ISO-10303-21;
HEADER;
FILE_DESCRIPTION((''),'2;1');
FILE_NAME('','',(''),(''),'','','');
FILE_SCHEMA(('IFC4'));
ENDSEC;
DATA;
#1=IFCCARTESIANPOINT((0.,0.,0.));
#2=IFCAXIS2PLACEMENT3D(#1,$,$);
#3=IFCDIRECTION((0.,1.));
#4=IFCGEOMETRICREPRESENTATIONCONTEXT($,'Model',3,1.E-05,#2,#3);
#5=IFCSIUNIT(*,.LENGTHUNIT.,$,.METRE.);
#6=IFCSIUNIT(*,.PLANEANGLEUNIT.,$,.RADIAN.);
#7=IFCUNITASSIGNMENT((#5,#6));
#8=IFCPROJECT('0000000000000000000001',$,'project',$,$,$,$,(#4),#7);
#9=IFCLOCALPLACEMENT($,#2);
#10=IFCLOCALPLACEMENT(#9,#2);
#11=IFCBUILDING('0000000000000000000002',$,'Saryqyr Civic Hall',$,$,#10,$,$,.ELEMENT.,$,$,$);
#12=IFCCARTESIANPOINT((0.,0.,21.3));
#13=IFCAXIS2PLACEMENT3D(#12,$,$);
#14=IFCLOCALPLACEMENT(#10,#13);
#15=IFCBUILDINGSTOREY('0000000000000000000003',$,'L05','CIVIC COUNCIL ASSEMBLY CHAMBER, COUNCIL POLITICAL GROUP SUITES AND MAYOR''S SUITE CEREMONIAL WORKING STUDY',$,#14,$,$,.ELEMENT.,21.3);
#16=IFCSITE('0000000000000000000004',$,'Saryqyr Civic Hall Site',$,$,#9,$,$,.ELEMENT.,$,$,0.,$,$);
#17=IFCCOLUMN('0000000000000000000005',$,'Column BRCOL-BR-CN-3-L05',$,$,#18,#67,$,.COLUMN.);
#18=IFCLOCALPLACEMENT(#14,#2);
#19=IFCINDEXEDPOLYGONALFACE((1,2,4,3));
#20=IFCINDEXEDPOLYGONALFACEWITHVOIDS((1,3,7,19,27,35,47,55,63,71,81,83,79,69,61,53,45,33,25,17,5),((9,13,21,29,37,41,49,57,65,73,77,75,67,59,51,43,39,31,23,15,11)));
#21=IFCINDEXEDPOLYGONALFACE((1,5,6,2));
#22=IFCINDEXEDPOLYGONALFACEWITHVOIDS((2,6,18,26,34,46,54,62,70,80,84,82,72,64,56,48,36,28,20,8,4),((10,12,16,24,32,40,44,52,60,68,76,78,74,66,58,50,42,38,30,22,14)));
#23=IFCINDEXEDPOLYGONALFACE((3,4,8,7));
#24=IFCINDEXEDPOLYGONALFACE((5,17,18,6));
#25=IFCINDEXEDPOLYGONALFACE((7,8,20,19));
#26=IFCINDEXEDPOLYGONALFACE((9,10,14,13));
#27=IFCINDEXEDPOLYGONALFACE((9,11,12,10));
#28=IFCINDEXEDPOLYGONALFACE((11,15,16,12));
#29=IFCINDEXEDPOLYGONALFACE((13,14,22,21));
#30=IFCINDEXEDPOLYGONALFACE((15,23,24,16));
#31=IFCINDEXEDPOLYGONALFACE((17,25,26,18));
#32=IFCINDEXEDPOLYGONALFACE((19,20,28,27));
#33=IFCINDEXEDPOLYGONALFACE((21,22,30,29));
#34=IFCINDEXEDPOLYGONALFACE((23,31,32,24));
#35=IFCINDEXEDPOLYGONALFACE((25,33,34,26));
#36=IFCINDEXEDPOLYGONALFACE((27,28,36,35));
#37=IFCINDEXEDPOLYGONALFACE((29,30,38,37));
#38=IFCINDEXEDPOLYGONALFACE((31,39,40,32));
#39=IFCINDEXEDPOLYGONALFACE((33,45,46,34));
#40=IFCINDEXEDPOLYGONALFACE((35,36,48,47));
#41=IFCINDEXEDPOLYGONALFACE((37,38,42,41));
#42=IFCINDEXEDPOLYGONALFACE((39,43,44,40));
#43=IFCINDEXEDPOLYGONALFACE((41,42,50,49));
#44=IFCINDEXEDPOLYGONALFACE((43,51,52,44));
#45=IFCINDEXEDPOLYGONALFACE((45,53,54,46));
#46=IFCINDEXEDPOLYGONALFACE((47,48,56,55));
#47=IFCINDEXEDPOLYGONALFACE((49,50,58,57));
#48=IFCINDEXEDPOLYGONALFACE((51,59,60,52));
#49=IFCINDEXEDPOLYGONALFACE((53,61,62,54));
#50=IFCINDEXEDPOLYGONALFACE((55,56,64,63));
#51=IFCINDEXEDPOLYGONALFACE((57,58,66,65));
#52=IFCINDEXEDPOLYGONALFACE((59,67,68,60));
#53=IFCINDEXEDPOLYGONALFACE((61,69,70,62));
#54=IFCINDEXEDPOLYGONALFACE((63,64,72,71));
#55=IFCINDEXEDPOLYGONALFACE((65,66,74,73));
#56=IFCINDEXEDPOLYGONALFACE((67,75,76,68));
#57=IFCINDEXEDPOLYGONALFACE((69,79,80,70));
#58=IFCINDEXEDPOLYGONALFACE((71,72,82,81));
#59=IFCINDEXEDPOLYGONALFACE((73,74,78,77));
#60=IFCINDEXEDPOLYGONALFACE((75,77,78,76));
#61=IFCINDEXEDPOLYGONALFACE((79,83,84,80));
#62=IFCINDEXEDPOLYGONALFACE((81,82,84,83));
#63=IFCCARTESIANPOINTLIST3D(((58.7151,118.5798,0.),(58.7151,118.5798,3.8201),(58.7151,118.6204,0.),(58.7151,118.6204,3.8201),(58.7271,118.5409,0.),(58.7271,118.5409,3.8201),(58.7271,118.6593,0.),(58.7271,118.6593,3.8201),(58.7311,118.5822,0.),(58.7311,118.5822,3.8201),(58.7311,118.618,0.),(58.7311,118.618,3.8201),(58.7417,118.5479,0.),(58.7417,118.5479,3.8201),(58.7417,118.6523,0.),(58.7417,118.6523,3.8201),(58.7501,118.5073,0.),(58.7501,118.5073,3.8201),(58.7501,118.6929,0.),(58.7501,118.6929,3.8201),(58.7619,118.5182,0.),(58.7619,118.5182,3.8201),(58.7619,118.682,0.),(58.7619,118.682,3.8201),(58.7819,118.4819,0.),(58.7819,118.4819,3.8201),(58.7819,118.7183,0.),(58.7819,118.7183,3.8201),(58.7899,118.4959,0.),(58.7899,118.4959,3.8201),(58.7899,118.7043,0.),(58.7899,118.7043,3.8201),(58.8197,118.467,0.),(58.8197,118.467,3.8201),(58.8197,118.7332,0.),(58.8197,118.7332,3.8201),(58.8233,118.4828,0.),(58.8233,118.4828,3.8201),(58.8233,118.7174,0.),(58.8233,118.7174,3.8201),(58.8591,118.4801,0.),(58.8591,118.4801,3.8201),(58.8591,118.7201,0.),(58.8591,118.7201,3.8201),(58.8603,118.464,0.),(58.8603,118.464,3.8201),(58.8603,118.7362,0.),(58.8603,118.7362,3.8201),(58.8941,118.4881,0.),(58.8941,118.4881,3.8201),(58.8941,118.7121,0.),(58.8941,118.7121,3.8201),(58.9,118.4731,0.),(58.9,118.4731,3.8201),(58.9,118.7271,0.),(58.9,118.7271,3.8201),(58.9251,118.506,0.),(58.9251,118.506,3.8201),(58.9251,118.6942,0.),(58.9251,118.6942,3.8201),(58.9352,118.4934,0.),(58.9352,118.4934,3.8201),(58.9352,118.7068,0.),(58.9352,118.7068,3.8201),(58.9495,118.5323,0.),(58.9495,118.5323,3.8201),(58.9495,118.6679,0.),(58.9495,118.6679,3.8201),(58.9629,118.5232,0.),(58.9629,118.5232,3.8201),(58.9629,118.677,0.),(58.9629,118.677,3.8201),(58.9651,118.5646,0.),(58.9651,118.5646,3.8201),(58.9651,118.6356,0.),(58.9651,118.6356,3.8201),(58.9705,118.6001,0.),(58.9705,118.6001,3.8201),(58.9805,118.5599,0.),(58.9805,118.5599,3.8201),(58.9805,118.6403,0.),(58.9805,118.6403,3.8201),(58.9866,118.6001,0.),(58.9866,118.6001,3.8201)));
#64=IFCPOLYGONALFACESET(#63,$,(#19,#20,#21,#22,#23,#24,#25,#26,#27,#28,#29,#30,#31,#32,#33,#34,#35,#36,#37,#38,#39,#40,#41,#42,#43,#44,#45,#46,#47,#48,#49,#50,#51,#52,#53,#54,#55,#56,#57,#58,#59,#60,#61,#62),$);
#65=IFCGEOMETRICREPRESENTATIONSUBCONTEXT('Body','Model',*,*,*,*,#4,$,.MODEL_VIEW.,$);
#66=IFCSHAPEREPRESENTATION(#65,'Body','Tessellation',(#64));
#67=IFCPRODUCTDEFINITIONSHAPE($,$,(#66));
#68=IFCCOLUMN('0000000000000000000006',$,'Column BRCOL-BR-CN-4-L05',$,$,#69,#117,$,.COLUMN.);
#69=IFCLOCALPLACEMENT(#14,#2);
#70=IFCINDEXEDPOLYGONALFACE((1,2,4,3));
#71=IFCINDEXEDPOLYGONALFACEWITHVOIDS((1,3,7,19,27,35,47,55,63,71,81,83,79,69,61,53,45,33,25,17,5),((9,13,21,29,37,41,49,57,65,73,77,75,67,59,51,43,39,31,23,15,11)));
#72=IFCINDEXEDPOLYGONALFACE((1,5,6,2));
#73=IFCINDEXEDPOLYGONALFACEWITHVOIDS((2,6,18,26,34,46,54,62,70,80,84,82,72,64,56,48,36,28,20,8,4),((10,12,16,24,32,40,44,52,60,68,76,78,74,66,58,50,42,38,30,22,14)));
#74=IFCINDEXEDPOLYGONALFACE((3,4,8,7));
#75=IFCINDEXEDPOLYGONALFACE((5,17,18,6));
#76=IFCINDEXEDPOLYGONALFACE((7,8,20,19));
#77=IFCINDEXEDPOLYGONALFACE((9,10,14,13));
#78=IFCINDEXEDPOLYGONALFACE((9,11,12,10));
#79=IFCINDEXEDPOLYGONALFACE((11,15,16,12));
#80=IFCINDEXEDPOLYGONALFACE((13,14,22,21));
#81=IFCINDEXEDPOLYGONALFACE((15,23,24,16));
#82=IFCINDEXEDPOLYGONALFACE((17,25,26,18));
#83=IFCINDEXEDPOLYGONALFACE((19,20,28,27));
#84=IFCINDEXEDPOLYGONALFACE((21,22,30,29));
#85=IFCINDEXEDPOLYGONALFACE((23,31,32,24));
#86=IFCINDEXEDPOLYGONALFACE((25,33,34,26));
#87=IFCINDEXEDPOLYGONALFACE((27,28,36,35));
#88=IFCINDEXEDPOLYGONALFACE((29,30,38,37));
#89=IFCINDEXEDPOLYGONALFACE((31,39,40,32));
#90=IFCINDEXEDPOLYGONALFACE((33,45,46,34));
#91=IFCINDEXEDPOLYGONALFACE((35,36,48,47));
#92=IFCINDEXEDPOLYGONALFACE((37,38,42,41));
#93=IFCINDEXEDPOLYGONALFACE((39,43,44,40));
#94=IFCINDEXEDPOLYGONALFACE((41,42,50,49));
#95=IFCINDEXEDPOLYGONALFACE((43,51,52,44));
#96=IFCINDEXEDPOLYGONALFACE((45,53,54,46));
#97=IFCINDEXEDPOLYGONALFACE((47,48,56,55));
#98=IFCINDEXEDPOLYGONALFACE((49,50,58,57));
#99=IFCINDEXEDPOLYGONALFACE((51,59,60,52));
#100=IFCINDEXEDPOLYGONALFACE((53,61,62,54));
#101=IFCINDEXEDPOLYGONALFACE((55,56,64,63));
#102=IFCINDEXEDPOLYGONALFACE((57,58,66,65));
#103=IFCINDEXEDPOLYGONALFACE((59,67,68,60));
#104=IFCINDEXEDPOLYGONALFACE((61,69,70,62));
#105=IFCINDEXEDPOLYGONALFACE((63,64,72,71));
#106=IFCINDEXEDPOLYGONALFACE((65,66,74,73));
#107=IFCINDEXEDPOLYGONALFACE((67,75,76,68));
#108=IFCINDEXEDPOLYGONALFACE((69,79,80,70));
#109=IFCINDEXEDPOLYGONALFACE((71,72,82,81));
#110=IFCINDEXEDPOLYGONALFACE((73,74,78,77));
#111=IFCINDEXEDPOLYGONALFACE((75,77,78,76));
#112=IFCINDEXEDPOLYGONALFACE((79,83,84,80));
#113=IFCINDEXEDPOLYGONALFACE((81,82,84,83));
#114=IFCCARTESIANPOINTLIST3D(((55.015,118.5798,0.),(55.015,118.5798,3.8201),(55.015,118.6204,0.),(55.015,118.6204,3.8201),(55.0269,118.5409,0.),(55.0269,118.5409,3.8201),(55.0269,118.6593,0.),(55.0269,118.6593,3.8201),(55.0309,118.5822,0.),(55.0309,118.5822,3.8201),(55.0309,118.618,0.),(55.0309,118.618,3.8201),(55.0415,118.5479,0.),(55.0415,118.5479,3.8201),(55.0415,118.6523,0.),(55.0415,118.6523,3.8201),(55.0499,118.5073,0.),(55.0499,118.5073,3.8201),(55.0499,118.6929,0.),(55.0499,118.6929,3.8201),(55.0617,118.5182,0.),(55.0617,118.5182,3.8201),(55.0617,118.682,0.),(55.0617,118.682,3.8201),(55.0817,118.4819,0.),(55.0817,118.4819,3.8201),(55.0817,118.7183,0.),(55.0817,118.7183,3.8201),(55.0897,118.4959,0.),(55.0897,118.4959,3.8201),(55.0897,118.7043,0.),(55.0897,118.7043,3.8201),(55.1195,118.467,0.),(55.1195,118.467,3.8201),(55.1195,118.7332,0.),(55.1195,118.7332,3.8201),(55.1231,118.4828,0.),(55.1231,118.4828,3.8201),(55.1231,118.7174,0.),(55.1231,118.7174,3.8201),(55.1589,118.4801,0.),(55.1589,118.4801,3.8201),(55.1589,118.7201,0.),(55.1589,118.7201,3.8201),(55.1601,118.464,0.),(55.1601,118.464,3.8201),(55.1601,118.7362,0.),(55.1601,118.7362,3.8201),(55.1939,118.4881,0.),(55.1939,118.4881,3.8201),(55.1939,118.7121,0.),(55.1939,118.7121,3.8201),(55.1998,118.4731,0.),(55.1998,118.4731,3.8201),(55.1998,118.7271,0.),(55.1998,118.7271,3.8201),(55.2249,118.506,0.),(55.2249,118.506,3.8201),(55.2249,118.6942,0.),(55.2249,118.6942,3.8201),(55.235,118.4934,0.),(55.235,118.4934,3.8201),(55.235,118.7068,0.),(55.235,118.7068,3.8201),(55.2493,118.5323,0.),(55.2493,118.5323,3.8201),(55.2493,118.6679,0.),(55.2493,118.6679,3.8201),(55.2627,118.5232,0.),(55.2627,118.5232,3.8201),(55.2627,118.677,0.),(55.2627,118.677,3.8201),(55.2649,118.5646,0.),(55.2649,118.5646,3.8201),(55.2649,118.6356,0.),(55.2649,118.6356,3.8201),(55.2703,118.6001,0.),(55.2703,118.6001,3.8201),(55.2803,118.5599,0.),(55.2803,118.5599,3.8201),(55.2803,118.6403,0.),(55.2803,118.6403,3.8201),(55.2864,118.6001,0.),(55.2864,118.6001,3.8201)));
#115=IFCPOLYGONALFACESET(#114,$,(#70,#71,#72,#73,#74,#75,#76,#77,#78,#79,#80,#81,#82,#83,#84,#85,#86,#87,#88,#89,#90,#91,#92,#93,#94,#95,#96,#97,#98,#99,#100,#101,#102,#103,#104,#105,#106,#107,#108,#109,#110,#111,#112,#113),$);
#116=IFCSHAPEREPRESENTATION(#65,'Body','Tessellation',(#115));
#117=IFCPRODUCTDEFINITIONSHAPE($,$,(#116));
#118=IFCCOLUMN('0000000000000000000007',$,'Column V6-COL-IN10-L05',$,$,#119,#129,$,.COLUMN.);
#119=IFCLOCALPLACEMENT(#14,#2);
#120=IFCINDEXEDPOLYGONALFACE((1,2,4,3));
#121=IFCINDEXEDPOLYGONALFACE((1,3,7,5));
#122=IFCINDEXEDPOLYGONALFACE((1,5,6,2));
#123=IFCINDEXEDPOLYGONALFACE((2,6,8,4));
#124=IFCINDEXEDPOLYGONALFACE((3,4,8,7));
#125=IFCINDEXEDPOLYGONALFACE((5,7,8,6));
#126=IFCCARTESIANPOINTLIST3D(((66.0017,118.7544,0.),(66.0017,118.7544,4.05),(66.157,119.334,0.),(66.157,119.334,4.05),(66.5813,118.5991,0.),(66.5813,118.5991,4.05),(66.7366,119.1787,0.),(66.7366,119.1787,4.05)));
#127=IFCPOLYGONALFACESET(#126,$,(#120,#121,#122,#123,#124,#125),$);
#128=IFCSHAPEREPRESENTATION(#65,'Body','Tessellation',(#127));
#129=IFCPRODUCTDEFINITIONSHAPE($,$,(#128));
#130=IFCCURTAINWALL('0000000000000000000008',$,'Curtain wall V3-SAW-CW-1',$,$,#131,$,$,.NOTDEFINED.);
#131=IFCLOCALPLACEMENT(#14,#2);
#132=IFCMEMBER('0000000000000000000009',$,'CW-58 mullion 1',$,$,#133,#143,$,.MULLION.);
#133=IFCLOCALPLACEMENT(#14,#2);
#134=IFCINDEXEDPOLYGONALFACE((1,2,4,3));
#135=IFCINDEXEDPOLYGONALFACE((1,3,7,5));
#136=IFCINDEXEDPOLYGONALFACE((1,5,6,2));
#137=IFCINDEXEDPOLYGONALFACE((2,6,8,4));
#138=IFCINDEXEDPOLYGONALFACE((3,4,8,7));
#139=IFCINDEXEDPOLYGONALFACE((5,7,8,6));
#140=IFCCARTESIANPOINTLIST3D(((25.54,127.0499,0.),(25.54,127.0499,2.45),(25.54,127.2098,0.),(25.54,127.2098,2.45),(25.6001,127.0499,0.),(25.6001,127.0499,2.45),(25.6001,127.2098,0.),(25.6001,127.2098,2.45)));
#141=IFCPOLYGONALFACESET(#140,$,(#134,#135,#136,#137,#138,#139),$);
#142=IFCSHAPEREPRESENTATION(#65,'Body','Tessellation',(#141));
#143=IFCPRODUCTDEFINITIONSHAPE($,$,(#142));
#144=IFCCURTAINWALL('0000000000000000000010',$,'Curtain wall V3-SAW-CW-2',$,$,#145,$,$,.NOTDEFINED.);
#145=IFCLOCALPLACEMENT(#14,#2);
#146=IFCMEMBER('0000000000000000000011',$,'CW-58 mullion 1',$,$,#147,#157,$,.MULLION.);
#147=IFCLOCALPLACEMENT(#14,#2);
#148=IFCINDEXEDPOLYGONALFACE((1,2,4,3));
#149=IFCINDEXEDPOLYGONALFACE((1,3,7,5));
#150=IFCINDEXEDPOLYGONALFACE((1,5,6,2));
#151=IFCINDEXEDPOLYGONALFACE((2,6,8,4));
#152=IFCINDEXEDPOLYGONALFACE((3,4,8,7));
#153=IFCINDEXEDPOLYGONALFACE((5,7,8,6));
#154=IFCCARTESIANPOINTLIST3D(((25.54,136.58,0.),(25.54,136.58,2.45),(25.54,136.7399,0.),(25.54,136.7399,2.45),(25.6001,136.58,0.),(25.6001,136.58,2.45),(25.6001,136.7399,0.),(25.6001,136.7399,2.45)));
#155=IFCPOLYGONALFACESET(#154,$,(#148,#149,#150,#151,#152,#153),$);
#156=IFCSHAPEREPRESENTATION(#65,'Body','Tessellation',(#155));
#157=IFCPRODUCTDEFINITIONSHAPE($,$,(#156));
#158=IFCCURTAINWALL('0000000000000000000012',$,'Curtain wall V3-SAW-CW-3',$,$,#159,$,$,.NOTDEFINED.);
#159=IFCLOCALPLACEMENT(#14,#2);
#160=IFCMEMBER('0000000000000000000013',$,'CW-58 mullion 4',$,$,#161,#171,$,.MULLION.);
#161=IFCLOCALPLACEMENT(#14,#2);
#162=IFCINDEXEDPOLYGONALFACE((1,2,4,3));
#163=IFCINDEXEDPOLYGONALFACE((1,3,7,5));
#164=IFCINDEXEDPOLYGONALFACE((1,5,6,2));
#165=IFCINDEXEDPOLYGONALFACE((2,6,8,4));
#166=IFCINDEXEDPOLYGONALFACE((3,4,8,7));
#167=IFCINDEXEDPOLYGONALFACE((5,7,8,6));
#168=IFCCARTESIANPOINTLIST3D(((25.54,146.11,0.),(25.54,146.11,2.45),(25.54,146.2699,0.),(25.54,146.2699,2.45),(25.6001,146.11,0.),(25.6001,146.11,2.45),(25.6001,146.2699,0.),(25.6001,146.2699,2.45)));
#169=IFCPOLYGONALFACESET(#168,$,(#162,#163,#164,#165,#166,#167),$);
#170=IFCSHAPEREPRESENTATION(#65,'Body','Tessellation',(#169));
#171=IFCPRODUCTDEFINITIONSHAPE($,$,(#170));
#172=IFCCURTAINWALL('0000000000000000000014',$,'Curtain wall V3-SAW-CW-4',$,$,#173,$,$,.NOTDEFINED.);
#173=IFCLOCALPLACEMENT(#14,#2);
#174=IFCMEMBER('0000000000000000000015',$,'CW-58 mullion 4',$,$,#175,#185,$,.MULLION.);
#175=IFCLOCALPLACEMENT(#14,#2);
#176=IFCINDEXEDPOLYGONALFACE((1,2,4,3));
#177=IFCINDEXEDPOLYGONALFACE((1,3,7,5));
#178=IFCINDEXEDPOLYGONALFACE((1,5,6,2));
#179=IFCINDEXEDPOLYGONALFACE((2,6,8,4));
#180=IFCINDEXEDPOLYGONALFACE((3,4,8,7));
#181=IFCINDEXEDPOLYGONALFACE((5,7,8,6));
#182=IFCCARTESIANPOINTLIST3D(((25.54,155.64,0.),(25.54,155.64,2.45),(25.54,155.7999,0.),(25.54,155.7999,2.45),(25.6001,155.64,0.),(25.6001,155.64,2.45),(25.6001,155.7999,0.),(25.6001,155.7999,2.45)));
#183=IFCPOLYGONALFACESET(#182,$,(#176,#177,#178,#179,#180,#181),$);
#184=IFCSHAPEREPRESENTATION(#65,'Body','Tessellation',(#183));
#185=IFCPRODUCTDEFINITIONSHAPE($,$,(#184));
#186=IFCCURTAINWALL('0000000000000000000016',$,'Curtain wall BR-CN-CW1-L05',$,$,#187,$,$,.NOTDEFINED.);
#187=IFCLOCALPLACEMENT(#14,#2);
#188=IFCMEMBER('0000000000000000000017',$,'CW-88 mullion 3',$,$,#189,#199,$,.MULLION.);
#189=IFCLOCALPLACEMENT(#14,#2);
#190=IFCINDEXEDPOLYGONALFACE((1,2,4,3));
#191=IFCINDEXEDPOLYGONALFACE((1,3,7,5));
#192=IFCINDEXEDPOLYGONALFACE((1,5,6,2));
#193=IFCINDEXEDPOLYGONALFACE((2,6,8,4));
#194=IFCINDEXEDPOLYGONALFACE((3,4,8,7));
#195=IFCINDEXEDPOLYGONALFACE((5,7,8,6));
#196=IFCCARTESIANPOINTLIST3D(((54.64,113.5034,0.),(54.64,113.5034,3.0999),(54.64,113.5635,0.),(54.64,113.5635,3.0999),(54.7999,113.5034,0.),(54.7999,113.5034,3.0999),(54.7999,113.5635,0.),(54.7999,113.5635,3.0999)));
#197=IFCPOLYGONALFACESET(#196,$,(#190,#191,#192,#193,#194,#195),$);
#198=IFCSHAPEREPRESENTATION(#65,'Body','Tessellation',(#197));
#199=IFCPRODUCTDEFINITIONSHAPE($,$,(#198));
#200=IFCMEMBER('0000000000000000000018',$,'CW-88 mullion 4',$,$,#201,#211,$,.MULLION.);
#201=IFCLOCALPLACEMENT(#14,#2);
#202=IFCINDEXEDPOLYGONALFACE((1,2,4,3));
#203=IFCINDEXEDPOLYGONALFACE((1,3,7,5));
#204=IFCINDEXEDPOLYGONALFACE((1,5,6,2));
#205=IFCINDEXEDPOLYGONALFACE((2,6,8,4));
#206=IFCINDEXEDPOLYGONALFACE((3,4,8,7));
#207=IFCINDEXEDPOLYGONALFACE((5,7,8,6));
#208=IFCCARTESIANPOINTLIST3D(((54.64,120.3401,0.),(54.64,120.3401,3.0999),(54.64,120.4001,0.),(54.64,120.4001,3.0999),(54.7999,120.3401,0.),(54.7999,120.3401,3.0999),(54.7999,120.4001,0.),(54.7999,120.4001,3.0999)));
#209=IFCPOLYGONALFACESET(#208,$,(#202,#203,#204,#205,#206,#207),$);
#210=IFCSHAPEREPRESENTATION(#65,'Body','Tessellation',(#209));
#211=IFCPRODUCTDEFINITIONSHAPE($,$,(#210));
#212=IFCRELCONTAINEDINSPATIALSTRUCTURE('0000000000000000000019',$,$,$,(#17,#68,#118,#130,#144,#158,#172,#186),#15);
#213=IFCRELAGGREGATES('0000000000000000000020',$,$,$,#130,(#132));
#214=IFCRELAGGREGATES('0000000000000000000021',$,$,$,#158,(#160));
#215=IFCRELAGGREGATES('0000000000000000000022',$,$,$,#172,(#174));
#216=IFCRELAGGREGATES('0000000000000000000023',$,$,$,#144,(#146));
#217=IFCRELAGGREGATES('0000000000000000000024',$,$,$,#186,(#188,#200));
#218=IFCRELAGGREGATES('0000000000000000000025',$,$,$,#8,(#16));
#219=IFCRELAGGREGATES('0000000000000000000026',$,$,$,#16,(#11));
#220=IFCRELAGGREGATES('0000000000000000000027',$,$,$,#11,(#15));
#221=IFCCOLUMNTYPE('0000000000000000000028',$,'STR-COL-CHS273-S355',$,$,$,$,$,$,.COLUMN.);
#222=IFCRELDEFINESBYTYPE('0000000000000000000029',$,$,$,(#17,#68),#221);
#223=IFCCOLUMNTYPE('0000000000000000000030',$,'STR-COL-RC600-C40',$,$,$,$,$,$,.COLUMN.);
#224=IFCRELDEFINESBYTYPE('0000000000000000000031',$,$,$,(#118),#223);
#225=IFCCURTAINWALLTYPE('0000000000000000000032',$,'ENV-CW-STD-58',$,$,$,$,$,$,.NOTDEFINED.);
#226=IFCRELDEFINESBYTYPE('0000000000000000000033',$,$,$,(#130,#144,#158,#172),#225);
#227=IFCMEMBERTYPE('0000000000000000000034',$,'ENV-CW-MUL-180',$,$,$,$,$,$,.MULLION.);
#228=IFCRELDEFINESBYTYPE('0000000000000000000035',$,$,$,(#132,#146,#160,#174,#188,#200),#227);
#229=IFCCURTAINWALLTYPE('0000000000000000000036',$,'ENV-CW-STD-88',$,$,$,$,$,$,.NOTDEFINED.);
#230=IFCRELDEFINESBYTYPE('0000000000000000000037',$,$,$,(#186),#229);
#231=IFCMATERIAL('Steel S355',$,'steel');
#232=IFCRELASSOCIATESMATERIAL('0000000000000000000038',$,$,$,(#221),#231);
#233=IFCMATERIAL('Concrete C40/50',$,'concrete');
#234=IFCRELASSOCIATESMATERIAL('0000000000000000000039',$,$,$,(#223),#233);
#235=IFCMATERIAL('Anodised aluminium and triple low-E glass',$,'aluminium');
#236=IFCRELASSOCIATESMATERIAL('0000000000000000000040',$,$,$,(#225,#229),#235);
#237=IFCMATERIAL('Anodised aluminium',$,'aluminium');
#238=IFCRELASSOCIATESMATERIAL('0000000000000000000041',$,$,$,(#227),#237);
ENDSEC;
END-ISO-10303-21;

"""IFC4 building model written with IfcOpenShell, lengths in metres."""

from ifc_helpers import new_model, si_unit, direction, frame, origin, origin_2d, place, context, subcontext, project, spatial, rectangle, hollow_circle, extrude, material, material_profile, profile_set, type_object, element, aggregate, save


model = new_model("IFC4")

# Units and contexts
model_context = context("Model", 3, precision=1e-05, world=origin(), true_north=direction((0.0, 1.0)))
body_context = subcontext(model_context, "Body", "Model", "MODEL_VIEW")
ifc_project = project(units=[si_unit("LENGTHUNIT", "METRE"), si_unit("PLANEANGLEUNIT", "RADIAN")], contexts=[model_context])

# Site, building, storey
site_placement = place(None, origin())
site = spatial("IfcSite", under=ifc_project, at=site_placement, Name="Saryqyr Civic Hall Site", CompositionType="ELEMENT", RefElevation=0.0)
building_placement = place(site_placement, origin())
building = spatial("IfcBuilding", under=site, at=building_placement, Name="Saryqyr Civic Hall", CompositionType="ELEMENT")
storey_placement = place(building_placement, frame((0.0, 0.0, 21.3)))
storey = spatial("IfcBuildingStorey", under=building, at=storey_placement, Name="L05", Description="CIVIC COUNCIL ASSEMBLY CHAMBER, COUNCIL POLITICAL GROUP SUITES AND MAYOR'S SUITE CEREMONIAL WORKING STUDY", CompositionType="ELEMENT", Elevation=21.3)

# Columns
ifc_material_1 = material(Name="Steel S355", Category="steel")
ifc_material_profile_1 = material_profile(ifc_material_1, hollow_circle(Radius=0.1365, WallThickness=0.0161, at=origin_2d()), Name="CHS 273x16")
ifc_profile_set_1 = profile_set([ifc_material_profile_1], Name="Steel S355")
column_type_1 = type_object("IfcColumnType", Name="STR-COL-CHS273-S355", PredefinedType="COLUMN", material=ifc_profile_set_1)
for number, where, z_axis, x_axis, name in (
    (1, (58.8501, 118.6001, 0.0), (0.0, 0.0, 1.0), (1.0, 0.0, 0.0), "Column BRCOL-BR-CN-3-L05"),
    (2, (55.1499, 118.6001, 0.0), (0.0, 0.0, 1.0), (1.0, 0.0, 0.0), "Column BRCOL-BR-CN-4-L05"),
):
    element("IfcColumn", number, at=place(storey_placement, frame(where, z_axis=z_axis, x_axis=x_axis)), inside=storey, type_object=column_type_1, Name=name, PredefinedType="COLUMN", context=body_context, shape_type="SweptSolid", body=[
        extrude(hollow_circle(Radius=0.1365, WallThickness=0.0161, at=origin_2d()), origin(), (0.0, 0.0, 1.0), 3.8201),
    ])
ifc_material_2 = material(Name="Concrete C40/50", Category="concrete")
ifc_material_profile_2 = material_profile(ifc_material_2, rectangle(XDim=0.6001, YDim=0.6001, at=origin_2d()), Name="RC 600x600")
ifc_profile_set_2 = profile_set([ifc_material_profile_2], Name="Concrete C40/50")
column_type_2 = type_object("IfcColumnType", Name="STR-COL-RC600-C40", PredefinedType="COLUMN", material=ifc_profile_set_2)
column_placement = place(storey_placement, frame((66.3691, 118.9666, 0.0), z_axis=(0.0, 0.0, 1.0), x_axis=(0.258819, 0.965926, 0.0)))
element("IfcColumn", 3, at=column_placement, inside=storey, type_object=column_type_2, Name="Column V6-COL-IN10-L05", PredefinedType="COLUMN", context=body_context, shape_type="SweptSolid", body=[
    extrude(rectangle(XDim=0.6001, YDim=0.6001, at=origin_2d()), origin(), (0.0, 0.0, 1.0), 4.05),
])

# Curtain walls, members
ifc_material_3 = material(Name="Anodised aluminium and triple low-E glass", Category="aluminium")
curtain_wall_type_1 = type_object("IfcCurtainWallType", Name="ENV-CW-STD-58", PredefinedType="NOTDEFINED", material=ifc_material_3)
curtain_wall_1_placement = place(storey_placement, origin())
curtain_wall_1 = element("IfcCurtainWall", 4, at=curtain_wall_1_placement, inside=storey, type_object=curtain_wall_type_1, Name="Curtain wall V3-SAW-CW-1", PredefinedType="NOTDEFINED")
ifc_material_4 = material(Name="Anodised aluminium", Category="aluminium")
ifc_material_profile_3 = material_profile(ifc_material_4, rectangle(XDim=0.0601, YDim=0.1599, at=origin_2d()), Name="ALU MULLION 60x160")
ifc_profile_set_3 = profile_set([ifc_material_profile_3], Name="Anodised aluminium")
member_type_1 = type_object("IfcMemberType", Name="ENV-CW-MUL-180", PredefinedType="MULLION", material=ifc_profile_set_3)
member_1_placement = place(storey_placement, frame((25.5701, 127.1299, 0.0), z_axis=(0.0, 0.0, 1.0), x_axis=(-1.0, 0.0, 0.0)))
member_1 = element("IfcMember", 5, at=member_1_placement, type_object=member_type_1, Name="CW-58 mullion 1", PredefinedType="MULLION", context=body_context, shape_type="SweptSolid", body=[
    extrude(rectangle(XDim=0.0601, YDim=0.1599, at=origin_2d()), origin(), (0.0, 0.0, 1.0), 2.45),
])
aggregate(curtain_wall_1, [member_1])
curtain_wall_2_placement = place(storey_placement, origin())
curtain_wall_2 = element("IfcCurtainWall", 6, at=curtain_wall_2_placement, inside=storey, type_object=curtain_wall_type_1, Name="Curtain wall V3-SAW-CW-2", PredefinedType="NOTDEFINED")
member_2_placement = place(storey_placement, frame((25.5701, 136.6599, 0.0), z_axis=(0.0, 0.0, 1.0), x_axis=(-1.0, 0.0, 0.0)))
member_2 = element("IfcMember", 7, at=member_2_placement, type_object=member_type_1, Name="CW-58 mullion 1", PredefinedType="MULLION", context=body_context, shape_type="SweptSolid", body=[
    extrude(rectangle(XDim=0.0601, YDim=0.1599, at=origin_2d()), origin(), (0.0, 0.0, 1.0), 2.45),
])
curtain_wall_3_placement = place(storey_placement, origin())
curtain_wall_3 = element("IfcCurtainWall", 8, at=curtain_wall_3_placement, inside=storey, type_object=curtain_wall_type_1, Name="Curtain wall V3-SAW-CW-3", PredefinedType="NOTDEFINED")
member_3_placement = place(storey_placement, frame((25.5701, 146.1899, 0.0), z_axis=(0.0, 0.0, 1.0), x_axis=(1.0, 0.0, 0.0)))
member_3 = element("IfcMember", 9, at=member_3_placement, type_object=member_type_1, Name="CW-58 mullion 4", PredefinedType="MULLION", context=body_context, shape_type="SweptSolid", body=[
    extrude(rectangle(XDim=0.0601, YDim=0.1599, at=origin_2d()), origin(), (0.0, 0.0, 1.0), 2.45),
])
aggregate(curtain_wall_3, [member_3])
curtain_wall_4_placement = place(storey_placement, origin())
curtain_wall_4 = element("IfcCurtainWall", 10, at=curtain_wall_4_placement, inside=storey, type_object=curtain_wall_type_1, Name="Curtain wall V3-SAW-CW-4", PredefinedType="NOTDEFINED")
member_4_placement = place(storey_placement, frame((25.5701, 155.72, 0.0), z_axis=(0.0, 0.0, 1.0), x_axis=(1.0, 0.0, 0.0)))
member_4 = element("IfcMember", 11, at=member_4_placement, type_object=member_type_1, Name="CW-58 mullion 4", PredefinedType="MULLION", context=body_context, shape_type="SweptSolid", body=[
    extrude(rectangle(XDim=0.0601, YDim=0.1599, at=origin_2d()), origin(), (0.0, 0.0, 1.0), 2.45),
])
aggregate(curtain_wall_4, [member_4])

# Curtain wall, members
curtain_wall_type_2 = type_object("IfcCurtainWallType", Name="ENV-CW-STD-88", PredefinedType="NOTDEFINED", material=ifc_material_3)
curtain_wall_5_placement = place(storey_placement, origin())
curtain_wall_5 = element("IfcCurtainWall", 12, at=curtain_wall_5_placement, inside=storey, type_object=curtain_wall_type_2, Name="Curtain wall BR-CN-CW1-L05", PredefinedType="NOTDEFINED")
member_5_placement = place(storey_placement, frame((54.72, 113.5334, 0.0), z_axis=(0.0, 0.0, 1.0), x_axis=(0.0, 1.0, 0.0)))
member_5 = element("IfcMember", 13, at=member_5_placement, type_object=member_type_1, Name="CW-88 mullion 3", PredefinedType="MULLION", context=body_context, shape_type="SweptSolid", body=[
    extrude(rectangle(XDim=0.0601, YDim=0.1599, at=origin_2d()), origin(), (0.0, 0.0, 1.0), 3.0999),
])
member_6_placement = place(storey_placement, frame((54.72, 120.3701, 0.0), z_axis=(0.0, 0.0, 1.0), x_axis=(0.0, 1.0, 0.0)))
member_6 = element("IfcMember", 14, at=member_6_placement, type_object=member_type_1, Name="CW-88 mullion 4", PredefinedType="MULLION", context=body_context, shape_type="SweptSolid", body=[
    extrude(rectangle(XDim=0.0601, YDim=0.1599, at=origin_2d()), origin(), (0.0, 0.0, 1.0), 3.0999),
])

aggregate(curtain_wall_2, [member_2])

aggregate(curtain_wall_5, [member_5, member_6])

save(model, "model.ifc")
